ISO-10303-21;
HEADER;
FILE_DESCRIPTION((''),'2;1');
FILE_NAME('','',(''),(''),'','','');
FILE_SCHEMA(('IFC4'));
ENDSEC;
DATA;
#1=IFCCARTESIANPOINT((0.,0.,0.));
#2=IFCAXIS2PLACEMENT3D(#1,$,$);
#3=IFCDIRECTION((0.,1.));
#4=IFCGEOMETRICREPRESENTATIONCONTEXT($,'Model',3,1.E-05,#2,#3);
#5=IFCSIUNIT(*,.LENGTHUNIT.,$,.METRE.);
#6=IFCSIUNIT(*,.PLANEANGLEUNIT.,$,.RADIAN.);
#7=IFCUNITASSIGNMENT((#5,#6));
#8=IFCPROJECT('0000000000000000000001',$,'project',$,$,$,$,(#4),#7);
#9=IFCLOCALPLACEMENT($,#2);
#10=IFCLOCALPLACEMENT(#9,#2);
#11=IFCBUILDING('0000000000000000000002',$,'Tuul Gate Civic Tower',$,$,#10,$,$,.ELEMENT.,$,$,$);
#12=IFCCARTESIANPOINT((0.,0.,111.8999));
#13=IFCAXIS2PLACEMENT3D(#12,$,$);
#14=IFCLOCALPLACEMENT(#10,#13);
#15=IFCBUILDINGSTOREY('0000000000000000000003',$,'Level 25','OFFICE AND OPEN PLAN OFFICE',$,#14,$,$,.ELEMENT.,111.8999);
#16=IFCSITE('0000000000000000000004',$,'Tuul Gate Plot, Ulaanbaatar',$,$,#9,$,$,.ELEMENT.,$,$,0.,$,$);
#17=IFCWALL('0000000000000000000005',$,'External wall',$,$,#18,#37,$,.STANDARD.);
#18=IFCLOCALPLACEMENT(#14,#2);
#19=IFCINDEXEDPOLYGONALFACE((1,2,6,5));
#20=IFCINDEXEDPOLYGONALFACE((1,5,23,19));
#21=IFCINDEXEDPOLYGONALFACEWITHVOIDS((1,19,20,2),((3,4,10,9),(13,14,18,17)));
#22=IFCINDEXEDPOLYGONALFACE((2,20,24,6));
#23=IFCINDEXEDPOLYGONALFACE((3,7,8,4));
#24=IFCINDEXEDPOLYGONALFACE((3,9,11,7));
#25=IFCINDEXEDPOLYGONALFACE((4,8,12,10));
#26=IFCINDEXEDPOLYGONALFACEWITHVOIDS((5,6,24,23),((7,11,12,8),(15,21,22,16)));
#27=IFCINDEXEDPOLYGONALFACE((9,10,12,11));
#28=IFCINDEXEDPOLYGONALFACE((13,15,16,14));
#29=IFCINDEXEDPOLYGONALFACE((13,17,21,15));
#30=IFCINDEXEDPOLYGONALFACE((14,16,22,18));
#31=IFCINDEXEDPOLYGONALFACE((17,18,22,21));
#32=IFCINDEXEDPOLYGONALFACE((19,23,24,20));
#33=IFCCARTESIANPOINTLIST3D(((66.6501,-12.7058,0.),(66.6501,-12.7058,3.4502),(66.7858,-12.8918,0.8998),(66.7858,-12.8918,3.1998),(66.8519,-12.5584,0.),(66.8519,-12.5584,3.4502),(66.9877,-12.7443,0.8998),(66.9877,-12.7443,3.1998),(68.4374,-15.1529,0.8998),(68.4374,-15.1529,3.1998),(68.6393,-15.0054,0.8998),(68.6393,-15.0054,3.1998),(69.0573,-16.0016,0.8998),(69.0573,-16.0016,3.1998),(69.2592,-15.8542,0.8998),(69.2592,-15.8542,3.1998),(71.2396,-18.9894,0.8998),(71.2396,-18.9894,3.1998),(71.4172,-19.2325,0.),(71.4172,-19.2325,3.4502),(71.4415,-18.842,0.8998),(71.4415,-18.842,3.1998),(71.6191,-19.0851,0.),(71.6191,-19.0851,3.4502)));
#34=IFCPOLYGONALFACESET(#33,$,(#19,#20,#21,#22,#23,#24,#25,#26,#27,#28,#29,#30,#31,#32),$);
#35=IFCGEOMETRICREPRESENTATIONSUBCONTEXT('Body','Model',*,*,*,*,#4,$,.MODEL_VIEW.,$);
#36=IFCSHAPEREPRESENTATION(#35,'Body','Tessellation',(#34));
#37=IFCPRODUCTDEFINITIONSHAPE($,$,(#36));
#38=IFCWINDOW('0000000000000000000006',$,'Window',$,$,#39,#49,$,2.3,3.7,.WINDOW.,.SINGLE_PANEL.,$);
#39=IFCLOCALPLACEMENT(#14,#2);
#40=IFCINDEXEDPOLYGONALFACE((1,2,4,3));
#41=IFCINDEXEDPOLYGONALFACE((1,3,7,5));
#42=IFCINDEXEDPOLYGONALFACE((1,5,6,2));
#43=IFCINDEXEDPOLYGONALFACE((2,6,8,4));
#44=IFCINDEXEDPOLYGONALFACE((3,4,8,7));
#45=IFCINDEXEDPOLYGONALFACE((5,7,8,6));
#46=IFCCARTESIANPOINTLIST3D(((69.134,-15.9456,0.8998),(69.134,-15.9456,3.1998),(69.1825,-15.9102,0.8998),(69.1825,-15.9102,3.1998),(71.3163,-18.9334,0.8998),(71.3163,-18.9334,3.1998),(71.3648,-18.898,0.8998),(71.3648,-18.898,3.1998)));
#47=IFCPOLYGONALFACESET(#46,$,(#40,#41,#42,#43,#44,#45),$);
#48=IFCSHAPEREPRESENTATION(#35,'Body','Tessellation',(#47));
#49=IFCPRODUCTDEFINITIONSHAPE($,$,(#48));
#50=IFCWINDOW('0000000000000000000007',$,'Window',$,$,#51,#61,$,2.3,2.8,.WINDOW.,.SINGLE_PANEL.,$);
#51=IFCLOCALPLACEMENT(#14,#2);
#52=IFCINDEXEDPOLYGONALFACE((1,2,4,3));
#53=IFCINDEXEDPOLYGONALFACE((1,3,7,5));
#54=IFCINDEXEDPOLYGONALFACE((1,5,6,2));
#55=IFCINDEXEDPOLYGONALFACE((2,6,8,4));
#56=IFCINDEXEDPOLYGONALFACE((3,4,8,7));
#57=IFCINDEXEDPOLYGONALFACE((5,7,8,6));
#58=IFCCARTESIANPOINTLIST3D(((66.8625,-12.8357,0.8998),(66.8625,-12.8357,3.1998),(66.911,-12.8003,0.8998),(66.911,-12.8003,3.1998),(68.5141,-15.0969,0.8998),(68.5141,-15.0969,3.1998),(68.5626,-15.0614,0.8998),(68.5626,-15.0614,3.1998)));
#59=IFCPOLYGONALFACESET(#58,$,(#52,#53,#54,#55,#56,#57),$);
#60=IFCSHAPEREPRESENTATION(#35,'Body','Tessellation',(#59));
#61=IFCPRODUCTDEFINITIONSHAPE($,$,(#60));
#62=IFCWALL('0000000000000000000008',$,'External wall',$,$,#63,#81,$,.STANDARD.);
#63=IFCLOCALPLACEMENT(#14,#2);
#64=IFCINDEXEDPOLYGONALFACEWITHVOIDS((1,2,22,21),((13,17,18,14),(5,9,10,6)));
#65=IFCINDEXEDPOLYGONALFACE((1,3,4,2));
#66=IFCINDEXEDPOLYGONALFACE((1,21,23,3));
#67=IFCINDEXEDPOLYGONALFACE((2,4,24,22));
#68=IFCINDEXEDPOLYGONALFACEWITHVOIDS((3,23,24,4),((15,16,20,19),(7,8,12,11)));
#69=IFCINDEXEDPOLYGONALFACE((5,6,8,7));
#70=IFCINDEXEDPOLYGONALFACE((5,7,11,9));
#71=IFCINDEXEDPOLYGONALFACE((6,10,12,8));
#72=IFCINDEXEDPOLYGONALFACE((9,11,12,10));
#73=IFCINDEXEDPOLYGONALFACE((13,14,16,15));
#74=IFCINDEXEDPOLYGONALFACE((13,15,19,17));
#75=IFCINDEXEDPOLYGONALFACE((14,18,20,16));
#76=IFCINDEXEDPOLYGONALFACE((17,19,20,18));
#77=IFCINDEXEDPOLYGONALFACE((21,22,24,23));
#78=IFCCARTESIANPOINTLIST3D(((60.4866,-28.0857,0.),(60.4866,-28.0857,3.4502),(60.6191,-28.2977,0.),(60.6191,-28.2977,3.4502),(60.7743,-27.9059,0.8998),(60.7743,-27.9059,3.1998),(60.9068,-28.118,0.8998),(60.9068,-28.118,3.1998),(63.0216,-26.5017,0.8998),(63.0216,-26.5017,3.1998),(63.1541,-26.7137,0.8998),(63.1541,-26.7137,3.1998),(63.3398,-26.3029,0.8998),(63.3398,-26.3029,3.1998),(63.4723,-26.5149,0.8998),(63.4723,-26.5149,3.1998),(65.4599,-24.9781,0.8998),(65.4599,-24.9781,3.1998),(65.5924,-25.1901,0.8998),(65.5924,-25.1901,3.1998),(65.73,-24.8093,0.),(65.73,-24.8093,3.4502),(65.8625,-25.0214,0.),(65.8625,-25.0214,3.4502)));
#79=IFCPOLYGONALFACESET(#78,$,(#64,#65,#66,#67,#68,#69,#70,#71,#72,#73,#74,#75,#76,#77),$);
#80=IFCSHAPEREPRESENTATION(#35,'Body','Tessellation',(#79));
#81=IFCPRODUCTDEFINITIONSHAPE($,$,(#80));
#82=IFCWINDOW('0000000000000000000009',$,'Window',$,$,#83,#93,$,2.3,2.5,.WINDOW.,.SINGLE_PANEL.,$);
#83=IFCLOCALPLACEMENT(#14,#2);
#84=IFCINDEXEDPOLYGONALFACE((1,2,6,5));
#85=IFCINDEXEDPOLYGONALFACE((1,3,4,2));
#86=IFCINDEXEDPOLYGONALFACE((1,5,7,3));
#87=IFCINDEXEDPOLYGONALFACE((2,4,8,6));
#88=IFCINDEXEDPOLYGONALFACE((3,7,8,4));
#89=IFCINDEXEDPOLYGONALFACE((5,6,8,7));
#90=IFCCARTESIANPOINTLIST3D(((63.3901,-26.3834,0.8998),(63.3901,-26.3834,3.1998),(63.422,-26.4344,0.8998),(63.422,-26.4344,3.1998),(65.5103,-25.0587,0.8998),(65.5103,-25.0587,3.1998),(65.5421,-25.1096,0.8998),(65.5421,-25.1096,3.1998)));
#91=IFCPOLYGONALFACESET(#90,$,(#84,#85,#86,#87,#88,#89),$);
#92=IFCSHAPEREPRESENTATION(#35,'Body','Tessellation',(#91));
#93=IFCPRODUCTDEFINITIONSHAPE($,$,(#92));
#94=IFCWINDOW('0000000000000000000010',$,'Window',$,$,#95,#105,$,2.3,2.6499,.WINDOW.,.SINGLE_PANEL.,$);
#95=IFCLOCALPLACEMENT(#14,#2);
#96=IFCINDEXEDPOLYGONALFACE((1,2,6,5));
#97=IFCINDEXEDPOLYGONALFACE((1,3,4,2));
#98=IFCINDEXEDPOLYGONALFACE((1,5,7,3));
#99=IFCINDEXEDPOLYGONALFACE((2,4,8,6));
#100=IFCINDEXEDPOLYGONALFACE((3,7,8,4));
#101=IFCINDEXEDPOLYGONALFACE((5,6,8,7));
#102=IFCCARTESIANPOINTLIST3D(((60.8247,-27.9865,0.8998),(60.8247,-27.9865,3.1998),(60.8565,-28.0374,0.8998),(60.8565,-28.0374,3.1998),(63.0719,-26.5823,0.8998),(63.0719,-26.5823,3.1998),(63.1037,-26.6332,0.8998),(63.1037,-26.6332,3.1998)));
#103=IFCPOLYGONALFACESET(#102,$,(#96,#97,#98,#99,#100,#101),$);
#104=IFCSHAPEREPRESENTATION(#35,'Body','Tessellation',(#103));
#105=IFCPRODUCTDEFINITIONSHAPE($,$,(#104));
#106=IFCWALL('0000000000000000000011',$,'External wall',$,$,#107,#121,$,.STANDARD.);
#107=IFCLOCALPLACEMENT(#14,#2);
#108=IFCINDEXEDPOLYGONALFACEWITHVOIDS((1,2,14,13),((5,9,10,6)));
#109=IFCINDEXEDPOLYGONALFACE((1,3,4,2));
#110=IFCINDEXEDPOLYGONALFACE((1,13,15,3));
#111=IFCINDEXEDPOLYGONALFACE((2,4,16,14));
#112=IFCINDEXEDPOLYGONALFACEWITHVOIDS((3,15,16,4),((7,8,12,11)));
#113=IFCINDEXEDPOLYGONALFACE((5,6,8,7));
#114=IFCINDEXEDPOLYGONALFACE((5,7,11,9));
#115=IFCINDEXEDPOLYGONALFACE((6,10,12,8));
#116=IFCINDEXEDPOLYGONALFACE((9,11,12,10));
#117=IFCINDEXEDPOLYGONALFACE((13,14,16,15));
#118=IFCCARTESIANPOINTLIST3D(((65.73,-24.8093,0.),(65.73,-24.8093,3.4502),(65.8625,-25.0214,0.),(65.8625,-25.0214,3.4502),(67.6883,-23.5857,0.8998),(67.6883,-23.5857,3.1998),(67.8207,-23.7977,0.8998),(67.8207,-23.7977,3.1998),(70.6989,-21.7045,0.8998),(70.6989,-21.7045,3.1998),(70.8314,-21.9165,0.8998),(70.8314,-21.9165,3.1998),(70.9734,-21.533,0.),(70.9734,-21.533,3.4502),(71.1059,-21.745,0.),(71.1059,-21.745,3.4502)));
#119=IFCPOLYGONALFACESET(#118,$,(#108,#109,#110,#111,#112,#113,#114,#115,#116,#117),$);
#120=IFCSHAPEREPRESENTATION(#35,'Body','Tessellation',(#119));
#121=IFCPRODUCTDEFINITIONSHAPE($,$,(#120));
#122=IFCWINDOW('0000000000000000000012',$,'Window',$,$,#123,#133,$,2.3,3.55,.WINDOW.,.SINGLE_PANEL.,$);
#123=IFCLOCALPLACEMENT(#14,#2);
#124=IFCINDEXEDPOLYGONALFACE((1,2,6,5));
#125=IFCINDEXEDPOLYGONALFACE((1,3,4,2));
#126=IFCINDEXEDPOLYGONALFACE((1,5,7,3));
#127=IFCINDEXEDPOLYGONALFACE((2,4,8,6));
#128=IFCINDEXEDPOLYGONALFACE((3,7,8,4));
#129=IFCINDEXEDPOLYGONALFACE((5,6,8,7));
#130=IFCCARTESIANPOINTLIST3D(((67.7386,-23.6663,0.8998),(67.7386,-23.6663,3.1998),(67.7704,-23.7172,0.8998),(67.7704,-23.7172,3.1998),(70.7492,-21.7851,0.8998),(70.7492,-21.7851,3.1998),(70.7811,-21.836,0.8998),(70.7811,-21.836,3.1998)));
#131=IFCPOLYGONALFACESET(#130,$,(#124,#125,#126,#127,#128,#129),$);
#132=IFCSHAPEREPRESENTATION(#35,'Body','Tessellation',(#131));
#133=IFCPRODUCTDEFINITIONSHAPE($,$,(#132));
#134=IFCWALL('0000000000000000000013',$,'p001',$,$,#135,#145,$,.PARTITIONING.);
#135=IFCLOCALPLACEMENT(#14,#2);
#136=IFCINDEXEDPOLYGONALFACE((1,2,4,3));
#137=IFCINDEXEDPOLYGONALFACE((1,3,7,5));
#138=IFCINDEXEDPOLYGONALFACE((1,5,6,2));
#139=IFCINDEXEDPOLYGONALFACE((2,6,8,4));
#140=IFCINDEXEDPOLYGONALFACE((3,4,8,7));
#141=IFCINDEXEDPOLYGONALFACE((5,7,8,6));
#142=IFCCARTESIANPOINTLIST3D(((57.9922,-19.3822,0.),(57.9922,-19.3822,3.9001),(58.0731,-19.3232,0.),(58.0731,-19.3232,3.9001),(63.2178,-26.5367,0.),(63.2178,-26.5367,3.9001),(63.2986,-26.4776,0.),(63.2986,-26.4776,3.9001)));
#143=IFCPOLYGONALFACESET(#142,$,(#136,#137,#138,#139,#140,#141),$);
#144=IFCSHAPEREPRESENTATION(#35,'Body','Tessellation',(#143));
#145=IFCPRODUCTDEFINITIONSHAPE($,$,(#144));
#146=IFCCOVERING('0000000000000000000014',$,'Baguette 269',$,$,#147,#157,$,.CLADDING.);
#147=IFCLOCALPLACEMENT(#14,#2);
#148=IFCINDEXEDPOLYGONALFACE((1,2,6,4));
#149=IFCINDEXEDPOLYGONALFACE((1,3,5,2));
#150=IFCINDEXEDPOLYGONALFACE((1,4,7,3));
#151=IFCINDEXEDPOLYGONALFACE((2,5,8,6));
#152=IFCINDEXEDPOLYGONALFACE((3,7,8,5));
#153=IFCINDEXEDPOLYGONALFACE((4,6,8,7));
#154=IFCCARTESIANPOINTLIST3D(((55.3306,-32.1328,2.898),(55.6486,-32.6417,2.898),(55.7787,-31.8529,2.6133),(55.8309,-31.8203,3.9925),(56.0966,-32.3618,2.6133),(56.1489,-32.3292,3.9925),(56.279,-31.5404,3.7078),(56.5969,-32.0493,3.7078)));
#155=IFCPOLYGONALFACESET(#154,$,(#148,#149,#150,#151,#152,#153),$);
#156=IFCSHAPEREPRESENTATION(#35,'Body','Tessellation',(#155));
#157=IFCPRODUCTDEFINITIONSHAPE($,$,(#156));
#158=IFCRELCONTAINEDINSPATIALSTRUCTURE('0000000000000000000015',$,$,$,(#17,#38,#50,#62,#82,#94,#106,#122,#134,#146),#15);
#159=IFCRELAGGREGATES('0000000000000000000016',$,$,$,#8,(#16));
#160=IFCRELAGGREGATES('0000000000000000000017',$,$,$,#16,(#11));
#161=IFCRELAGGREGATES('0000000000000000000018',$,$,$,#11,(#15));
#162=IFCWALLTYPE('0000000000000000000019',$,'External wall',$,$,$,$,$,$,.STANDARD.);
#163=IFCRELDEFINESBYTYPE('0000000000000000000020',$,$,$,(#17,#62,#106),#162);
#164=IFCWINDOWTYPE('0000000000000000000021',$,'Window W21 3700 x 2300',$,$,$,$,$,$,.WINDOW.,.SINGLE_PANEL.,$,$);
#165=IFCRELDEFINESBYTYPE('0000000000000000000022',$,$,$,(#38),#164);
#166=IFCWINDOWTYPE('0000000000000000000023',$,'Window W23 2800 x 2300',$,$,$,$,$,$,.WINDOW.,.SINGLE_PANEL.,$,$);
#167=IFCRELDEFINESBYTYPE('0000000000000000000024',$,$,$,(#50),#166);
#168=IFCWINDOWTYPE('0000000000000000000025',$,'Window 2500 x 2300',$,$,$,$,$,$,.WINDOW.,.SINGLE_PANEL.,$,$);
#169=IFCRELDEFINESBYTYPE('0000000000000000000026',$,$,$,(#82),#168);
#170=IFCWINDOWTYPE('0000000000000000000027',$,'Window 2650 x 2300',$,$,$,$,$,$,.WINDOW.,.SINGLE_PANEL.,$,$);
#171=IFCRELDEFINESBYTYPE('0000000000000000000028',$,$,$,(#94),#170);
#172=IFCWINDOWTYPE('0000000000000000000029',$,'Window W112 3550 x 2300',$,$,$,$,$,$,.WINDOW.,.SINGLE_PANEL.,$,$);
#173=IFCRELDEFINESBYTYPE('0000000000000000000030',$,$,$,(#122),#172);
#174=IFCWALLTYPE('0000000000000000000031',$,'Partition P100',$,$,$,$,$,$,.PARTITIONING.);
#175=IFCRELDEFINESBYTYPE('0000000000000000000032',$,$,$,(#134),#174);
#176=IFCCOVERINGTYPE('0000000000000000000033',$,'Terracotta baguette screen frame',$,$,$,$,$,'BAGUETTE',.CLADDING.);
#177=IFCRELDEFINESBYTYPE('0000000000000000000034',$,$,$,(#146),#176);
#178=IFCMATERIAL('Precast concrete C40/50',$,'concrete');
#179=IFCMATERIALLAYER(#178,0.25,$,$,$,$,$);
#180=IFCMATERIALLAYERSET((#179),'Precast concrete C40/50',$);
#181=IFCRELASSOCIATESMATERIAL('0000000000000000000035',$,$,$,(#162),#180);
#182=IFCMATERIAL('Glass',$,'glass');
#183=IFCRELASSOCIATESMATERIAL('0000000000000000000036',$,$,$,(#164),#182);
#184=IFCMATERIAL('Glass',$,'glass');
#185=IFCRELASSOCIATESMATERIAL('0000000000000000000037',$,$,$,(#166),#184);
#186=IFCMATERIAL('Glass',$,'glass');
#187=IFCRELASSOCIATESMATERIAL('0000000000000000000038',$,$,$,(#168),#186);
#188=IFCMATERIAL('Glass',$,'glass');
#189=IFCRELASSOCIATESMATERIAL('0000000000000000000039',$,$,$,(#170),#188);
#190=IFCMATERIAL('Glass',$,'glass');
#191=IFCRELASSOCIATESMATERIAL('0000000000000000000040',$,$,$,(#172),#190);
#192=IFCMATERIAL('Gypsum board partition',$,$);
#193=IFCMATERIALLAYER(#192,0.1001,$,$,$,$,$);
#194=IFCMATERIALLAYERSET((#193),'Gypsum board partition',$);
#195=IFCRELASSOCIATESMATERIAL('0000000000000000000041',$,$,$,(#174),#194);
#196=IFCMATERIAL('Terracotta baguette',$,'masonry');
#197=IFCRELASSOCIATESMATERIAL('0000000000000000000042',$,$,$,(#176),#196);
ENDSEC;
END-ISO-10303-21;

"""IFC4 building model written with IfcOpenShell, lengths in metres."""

from ifc_helpers import new_model, si_unit, direction, frame, frame_2d, origin, origin_2d, place, context, subcontext, project, spatial, rectangle, extrude, material, layer, layer_set, material_profile, profile_set, type_object, element, fill, save


model = new_model("IFC4")

# Units and contexts
model_context = context("Model", 3, precision=1e-05, world=origin(), true_north=direction((0.0, 1.0)))
body_context = subcontext(model_context, "Body", "Model", "MODEL_VIEW")
ifc_project = project(units=[si_unit("LENGTHUNIT", "METRE"), si_unit("PLANEANGLEUNIT", "RADIAN")], contexts=[model_context])

# Site, building, storey
site_placement = place(None, origin())
site = spatial("IfcSite", under=ifc_project, at=site_placement, Name="Tuul Gate Plot, Ulaanbaatar", CompositionType="ELEMENT", RefElevation=0.0)
building_placement = place(site_placement, origin())
building = spatial("IfcBuilding", under=site, at=building_placement, Name="Tuul Gate Civic Tower", CompositionType="ELEMENT")
storey_placement = place(building_placement, frame((0.0, 0.0, 111.8999)))
storey = spatial("IfcBuildingStorey", under=building, at=storey_placement, Name="Level 25", Description="OFFICE AND OPEN PLAN OFFICE", CompositionType="ELEMENT", Elevation=111.8999)

# Shared definitions
ifc_material_1 = material(Name="Precast concrete C40/50", Category="concrete")
ifc_layer_1 = layer(ifc_material_1, 0.25)
ifc_layer_set_1 = layer_set([ifc_layer_1], Name="Precast concrete C40/50")
wall_type_1 = type_object("IfcWallType", Name="External wall", PredefinedType="STANDARD", material=ifc_layer_set_1)

# Walls, openings, windows
wall_1_placement = place(storey_placement, frame((71.5181, -19.1587, 0.0), z_axis=(0.0, 0.0, 1.0), x_axis=(-0.589826, 0.80753, 0.0)))
wall_1 = element("IfcWall", 1, at=wall_1_placement, inside=storey, type_object=wall_type_1, Name="External wall", PredefinedType="STANDARD", context=body_context, shape_type="SweptSolid", body=[
    extrude(rectangle(XDim=8.0823, YDim=0.25, at=frame_2d((4.041, 0.0))), origin(), (0.0, 0.0, 1.0), 3.4502),
])
opening_1_placement = place(wall_1_placement, frame((0.3008, 0.0, 0.8999)))
opening_1 = element("IfcOpeningElement", 2, at=opening_1_placement, cuts=wall_1, PredefinedType="OPENING", context=body_context, shape_type="SweptSolid", body=[
    extrude(rectangle(XDim=3.7, YDim=2.3, at=frame_2d((1.8501, 1.1499))), frame((0.0, 0.135, 0.0), z_axis=(0.0, -1.0, 0.0), x_axis=(1.0, 0.0, 0.0)), (0.0, 0.0, 1.0), 0.27),
])
opening_2_placement = place(wall_1_placement, frame((5.052, 0.0, 0.8999)))
opening_2 = element("IfcOpeningElement", 3, at=opening_2_placement, cuts=wall_1, PredefinedType="OPENING", context=body_context, shape_type="SweptSolid", body=[
    extrude(rectangle(XDim=2.8, YDim=2.3, at=frame_2d((1.3999, 1.1499))), frame((0.0, 0.135, 0.0), z_axis=(0.0, -1.0, 0.0), x_axis=(1.0, 0.0, 0.0)), (0.0, 0.0, 1.0), 0.27),
])
ifc_material_2 = material(Name="Glass", Category="glass")
window_type_1 = type_object("IfcWindowType", Name="Window W21 3700 x 2300", PartitioningType="SINGLE_PANEL", PredefinedType="WINDOW", material=ifc_material_2)
window_1_placement = place(opening_1_placement, origin())
window_1 = element("IfcWindow", 4, at=window_1_placement, inside=storey, type_object=window_type_1, Name="Window", OverallHeight=2.3, OverallWidth=3.7, PartitioningType="SINGLE_PANEL", PredefinedType="WINDOW", context=body_context, shape_type="SweptSolid", body=[
    extrude(rectangle(XDim=3.7, YDim=2.3, at=frame_2d((1.8501, 1.1499))), frame((0.0, 0.03, 0.0), z_axis=(0.0, -1.0, 0.0), x_axis=(1.0, 0.0, 0.0)), (0.0, 0.0, 1.0), 0.0601),
])
fill(opening_1, window_1)
ifc_material_3 = material(Name="Glass", Category="glass")
window_type_2 = type_object("IfcWindowType", Name="Window W23 2800 x 2300", PartitioningType="SINGLE_PANEL", PredefinedType="WINDOW", material=ifc_material_3)
window_2_placement = place(opening_2_placement, origin())
window_2 = element("IfcWindow", 5, at=window_2_placement, inside=storey, type_object=window_type_2, Name="Window", OverallHeight=2.3, OverallWidth=2.8, PartitioningType="SINGLE_PANEL", PredefinedType="WINDOW", context=body_context, shape_type="SweptSolid", body=[
    extrude(rectangle(XDim=2.8, YDim=2.3, at=frame_2d((1.3999, 1.1499))), frame((0.0, 0.03, 0.0), z_axis=(0.0, -1.0, 0.0), x_axis=(1.0, 0.0, 0.0)), (0.0, 0.0, 1.0), 0.0601),
])
fill(opening_2, window_2)
wall_2_placement = place(storey_placement, frame((60.553, -28.1917, 0.0), z_axis=(0.0, 0.0, 1.0), x_axis=(0.848054, 0.52991, 0.0)))
wall_2 = element("IfcWall", 6, at=wall_2_placement, inside=storey, type_object=wall_type_1, Name="External wall", PredefinedType="STANDARD", context=body_context, shape_type="SweptSolid", body=[
    extrude(rectangle(XDim=6.1829, YDim=0.25, at=frame_2d((3.0913, 0.0))), origin(), (0.0, 0.0, 1.0), 3.4502),
])
opening_3_placement = place(wall_2_placement, frame((0.3391, 0.0, 0.8999)))
opening_3 = element("IfcOpeningElement", 7, at=opening_3_placement, cuts=wall_2, PredefinedType="OPENING", context=body_context, shape_type="SweptSolid", body=[
    extrude(rectangle(XDim=2.6499, YDim=2.3, at=frame_2d((1.325, 1.1499))), frame((0.0, 0.135, 0.0), z_axis=(0.0, -1.0, 0.0), x_axis=(1.0, 0.0, 0.0)), (0.0, 0.0, 1.0), 0.27),
])
opening_4_placement = place(wall_2_placement, frame((3.3643, 0.0, 0.8999)))
opening_4 = element("IfcOpeningElement", 8, at=opening_4_placement, cuts=wall_2, PredefinedType="OPENING", context=body_context, shape_type="SweptSolid", body=[
    extrude(rectangle(XDim=2.5, YDim=2.3, at=frame_2d((1.25, 1.1499))), frame((0.0, 0.135, 0.0), z_axis=(0.0, -1.0, 0.0), x_axis=(1.0, 0.0, 0.0)), (0.0, 0.0, 1.0), 0.27),
])
ifc_material_4 = material(Name="Glass", Category="glass")
window_type_3 = type_object("IfcWindowType", Name="Window 2500 x 2300", PartitioningType="SINGLE_PANEL", PredefinedType="WINDOW", material=ifc_material_4)
window_3_placement = place(opening_4_placement, origin())
window_3 = element("IfcWindow", 9, at=window_3_placement, inside=storey, type_object=window_type_3, Name="Window", OverallHeight=2.3, OverallWidth=2.5, PartitioningType="SINGLE_PANEL", PredefinedType="WINDOW", context=body_context, shape_type="SweptSolid", body=[
    extrude(rectangle(XDim=2.5, YDim=2.3, at=frame_2d((1.25, 1.1499))), frame((0.0, 0.03, 0.0), z_axis=(0.0, -1.0, 0.0), x_axis=(1.0, 0.0, 0.0)), (0.0, 0.0, 1.0), 0.0601),
])
fill(opening_4, window_3)
ifc_material_5 = material(Name="Glass", Category="glass")
window_type_4 = type_object("IfcWindowType", Name="Window 2650 x 2300", PartitioningType="SINGLE_PANEL", PredefinedType="WINDOW", material=ifc_material_5)
window_4_placement = place(opening_3_placement, origin())
window_4 = element("IfcWindow", 10, at=window_4_placement, inside=storey, type_object=window_type_4, Name="Window", OverallHeight=2.3, OverallWidth=2.6499, PartitioningType="SINGLE_PANEL", PredefinedType="WINDOW", context=body_context, shape_type="SweptSolid", body=[
    extrude(rectangle(XDim=2.6499, YDim=2.3, at=frame_2d((1.325, 1.1499))), frame((0.0, 0.03, 0.0), z_axis=(0.0, -1.0, 0.0), x_axis=(1.0, 0.0, 0.0)), (0.0, 0.0, 1.0), 0.0601),
])
fill(opening_3, window_4)

# Wall, opening, window
wall_3_placement = place(storey_placement, frame((65.7964, -24.9153, 0.0), z_axis=(0.0, 0.0, 1.0), x_axis=(0.848054, 0.52991, 0.0)))
wall_3 = element("IfcWall", 11, at=wall_3_placement, inside=storey, type_object=wall_type_1, Name="External wall", PredefinedType="STANDARD", context=body_context, shape_type="SweptSolid", body=[
    extrude(rectangle(XDim=6.1829, YDim=0.25, at=frame_2d((3.0913, 0.0))), origin(), (0.0, 0.0, 1.0), 3.4502),
])
opening_5_placement = place(wall_3_placement, frame((2.3091, 0.0, 0.8999)))
opening_5 = element("IfcOpeningElement", 12, at=opening_5_placement, cuts=wall_3, PredefinedType="OPENING", context=body_context, shape_type="SweptSolid", body=[
    extrude(rectangle(XDim=3.55, YDim=2.3, at=frame_2d((1.7749, 1.1499))), frame((0.0, 0.135, 0.0), z_axis=(0.0, -1.0, 0.0), x_axis=(1.0, 0.0, 0.0)), (0.0, 0.0, 1.0), 0.27),
])
ifc_material_6 = material(Name="Glass", Category="glass")
window_type_5 = type_object("IfcWindowType", Name="Window W112 3550 x 2300", PartitioningType="SINGLE_PANEL", PredefinedType="WINDOW", material=ifc_material_6)
window_5_placement = place(opening_5_placement, origin())
window_5 = element("IfcWindow", 13, at=window_5_placement, inside=storey, type_object=window_type_5, Name="Window", OverallHeight=2.3, OverallWidth=3.55, PartitioningType="SINGLE_PANEL", PredefinedType="WINDOW", context=body_context, shape_type="SweptSolid", body=[
    extrude(rectangle(XDim=3.55, YDim=2.3, at=frame_2d((1.7749, 1.1499))), frame((0.0, 0.03, 0.0), z_axis=(0.0, -1.0, 0.0), x_axis=(1.0, 0.0, 0.0)), (0.0, 0.0, 1.0), 0.0601),
])
fill(opening_5, window_5)

# Wall
ifc_material_7 = material(Name="Gypsum board partition")
ifc_layer_2 = layer(ifc_material_7, 0.1001)
ifc_layer_set_2 = layer_set([ifc_layer_2], Name="Gypsum board partition")
wall_type_2 = type_object("IfcWallType", Name="Partition P100", PredefinedType="PARTITIONING", material=ifc_layer_set_2)
wall_4_placement = place(storey_placement, frame((58.0327, -19.3528, 0.0), z_axis=(0.0, 0.0, 1.0), x_axis=(0.589816, -0.807538, 0.0)))
element("IfcWall", 14, at=wall_4_placement, inside=storey, type_object=wall_type_2, Name="p001", PredefinedType="PARTITIONING", context=body_context, shape_type="SweptSolid", body=[
    extrude(rectangle(XDim=8.8596, YDim=0.1001, at=frame_2d((4.4297, 0.0))), origin(), (0.0, 0.0, 1.0), 3.9001),
])

# Covering
ifc_material_8 = material(Name="Terracotta baguette", Category="masonry")
ifc_material_profile_1 = material_profile(ifc_material_8, rectangle(XDim=0.6001, YDim=0.6001, at=origin_2d()), Name="Terracotta baguette screen frame")
ifc_profile_set_1 = profile_set([ifc_material_profile_1], Name="Terracotta baguette")
covering_type = type_object("IfcCoveringType", Name="Terracotta baguette screen frame", ElementType="BAGUETTE", PredefinedType="CLADDING", material=ifc_profile_set_1)
covering_1_placement = place(storey_placement, frame((55.7136, -32.2473, 2.7556), z_axis=(0.402352, 0.251347, 0.880305), x_axis=(-0.529813, 0.848115, 0.0)))
element("IfcCovering", 15, at=covering_1_placement, inside=storey, type_object=covering_type, Name="Baguette 269", PredefinedType="CLADDING", context=body_context, shape_type="SweptSolid", body=[
    extrude(rectangle(XDim=0.6001, YDim=0.6001, at=origin_2d()), origin(), (0.0, 0.0, 1.0), 1.2434),
])

save(model, "model.ifc")
